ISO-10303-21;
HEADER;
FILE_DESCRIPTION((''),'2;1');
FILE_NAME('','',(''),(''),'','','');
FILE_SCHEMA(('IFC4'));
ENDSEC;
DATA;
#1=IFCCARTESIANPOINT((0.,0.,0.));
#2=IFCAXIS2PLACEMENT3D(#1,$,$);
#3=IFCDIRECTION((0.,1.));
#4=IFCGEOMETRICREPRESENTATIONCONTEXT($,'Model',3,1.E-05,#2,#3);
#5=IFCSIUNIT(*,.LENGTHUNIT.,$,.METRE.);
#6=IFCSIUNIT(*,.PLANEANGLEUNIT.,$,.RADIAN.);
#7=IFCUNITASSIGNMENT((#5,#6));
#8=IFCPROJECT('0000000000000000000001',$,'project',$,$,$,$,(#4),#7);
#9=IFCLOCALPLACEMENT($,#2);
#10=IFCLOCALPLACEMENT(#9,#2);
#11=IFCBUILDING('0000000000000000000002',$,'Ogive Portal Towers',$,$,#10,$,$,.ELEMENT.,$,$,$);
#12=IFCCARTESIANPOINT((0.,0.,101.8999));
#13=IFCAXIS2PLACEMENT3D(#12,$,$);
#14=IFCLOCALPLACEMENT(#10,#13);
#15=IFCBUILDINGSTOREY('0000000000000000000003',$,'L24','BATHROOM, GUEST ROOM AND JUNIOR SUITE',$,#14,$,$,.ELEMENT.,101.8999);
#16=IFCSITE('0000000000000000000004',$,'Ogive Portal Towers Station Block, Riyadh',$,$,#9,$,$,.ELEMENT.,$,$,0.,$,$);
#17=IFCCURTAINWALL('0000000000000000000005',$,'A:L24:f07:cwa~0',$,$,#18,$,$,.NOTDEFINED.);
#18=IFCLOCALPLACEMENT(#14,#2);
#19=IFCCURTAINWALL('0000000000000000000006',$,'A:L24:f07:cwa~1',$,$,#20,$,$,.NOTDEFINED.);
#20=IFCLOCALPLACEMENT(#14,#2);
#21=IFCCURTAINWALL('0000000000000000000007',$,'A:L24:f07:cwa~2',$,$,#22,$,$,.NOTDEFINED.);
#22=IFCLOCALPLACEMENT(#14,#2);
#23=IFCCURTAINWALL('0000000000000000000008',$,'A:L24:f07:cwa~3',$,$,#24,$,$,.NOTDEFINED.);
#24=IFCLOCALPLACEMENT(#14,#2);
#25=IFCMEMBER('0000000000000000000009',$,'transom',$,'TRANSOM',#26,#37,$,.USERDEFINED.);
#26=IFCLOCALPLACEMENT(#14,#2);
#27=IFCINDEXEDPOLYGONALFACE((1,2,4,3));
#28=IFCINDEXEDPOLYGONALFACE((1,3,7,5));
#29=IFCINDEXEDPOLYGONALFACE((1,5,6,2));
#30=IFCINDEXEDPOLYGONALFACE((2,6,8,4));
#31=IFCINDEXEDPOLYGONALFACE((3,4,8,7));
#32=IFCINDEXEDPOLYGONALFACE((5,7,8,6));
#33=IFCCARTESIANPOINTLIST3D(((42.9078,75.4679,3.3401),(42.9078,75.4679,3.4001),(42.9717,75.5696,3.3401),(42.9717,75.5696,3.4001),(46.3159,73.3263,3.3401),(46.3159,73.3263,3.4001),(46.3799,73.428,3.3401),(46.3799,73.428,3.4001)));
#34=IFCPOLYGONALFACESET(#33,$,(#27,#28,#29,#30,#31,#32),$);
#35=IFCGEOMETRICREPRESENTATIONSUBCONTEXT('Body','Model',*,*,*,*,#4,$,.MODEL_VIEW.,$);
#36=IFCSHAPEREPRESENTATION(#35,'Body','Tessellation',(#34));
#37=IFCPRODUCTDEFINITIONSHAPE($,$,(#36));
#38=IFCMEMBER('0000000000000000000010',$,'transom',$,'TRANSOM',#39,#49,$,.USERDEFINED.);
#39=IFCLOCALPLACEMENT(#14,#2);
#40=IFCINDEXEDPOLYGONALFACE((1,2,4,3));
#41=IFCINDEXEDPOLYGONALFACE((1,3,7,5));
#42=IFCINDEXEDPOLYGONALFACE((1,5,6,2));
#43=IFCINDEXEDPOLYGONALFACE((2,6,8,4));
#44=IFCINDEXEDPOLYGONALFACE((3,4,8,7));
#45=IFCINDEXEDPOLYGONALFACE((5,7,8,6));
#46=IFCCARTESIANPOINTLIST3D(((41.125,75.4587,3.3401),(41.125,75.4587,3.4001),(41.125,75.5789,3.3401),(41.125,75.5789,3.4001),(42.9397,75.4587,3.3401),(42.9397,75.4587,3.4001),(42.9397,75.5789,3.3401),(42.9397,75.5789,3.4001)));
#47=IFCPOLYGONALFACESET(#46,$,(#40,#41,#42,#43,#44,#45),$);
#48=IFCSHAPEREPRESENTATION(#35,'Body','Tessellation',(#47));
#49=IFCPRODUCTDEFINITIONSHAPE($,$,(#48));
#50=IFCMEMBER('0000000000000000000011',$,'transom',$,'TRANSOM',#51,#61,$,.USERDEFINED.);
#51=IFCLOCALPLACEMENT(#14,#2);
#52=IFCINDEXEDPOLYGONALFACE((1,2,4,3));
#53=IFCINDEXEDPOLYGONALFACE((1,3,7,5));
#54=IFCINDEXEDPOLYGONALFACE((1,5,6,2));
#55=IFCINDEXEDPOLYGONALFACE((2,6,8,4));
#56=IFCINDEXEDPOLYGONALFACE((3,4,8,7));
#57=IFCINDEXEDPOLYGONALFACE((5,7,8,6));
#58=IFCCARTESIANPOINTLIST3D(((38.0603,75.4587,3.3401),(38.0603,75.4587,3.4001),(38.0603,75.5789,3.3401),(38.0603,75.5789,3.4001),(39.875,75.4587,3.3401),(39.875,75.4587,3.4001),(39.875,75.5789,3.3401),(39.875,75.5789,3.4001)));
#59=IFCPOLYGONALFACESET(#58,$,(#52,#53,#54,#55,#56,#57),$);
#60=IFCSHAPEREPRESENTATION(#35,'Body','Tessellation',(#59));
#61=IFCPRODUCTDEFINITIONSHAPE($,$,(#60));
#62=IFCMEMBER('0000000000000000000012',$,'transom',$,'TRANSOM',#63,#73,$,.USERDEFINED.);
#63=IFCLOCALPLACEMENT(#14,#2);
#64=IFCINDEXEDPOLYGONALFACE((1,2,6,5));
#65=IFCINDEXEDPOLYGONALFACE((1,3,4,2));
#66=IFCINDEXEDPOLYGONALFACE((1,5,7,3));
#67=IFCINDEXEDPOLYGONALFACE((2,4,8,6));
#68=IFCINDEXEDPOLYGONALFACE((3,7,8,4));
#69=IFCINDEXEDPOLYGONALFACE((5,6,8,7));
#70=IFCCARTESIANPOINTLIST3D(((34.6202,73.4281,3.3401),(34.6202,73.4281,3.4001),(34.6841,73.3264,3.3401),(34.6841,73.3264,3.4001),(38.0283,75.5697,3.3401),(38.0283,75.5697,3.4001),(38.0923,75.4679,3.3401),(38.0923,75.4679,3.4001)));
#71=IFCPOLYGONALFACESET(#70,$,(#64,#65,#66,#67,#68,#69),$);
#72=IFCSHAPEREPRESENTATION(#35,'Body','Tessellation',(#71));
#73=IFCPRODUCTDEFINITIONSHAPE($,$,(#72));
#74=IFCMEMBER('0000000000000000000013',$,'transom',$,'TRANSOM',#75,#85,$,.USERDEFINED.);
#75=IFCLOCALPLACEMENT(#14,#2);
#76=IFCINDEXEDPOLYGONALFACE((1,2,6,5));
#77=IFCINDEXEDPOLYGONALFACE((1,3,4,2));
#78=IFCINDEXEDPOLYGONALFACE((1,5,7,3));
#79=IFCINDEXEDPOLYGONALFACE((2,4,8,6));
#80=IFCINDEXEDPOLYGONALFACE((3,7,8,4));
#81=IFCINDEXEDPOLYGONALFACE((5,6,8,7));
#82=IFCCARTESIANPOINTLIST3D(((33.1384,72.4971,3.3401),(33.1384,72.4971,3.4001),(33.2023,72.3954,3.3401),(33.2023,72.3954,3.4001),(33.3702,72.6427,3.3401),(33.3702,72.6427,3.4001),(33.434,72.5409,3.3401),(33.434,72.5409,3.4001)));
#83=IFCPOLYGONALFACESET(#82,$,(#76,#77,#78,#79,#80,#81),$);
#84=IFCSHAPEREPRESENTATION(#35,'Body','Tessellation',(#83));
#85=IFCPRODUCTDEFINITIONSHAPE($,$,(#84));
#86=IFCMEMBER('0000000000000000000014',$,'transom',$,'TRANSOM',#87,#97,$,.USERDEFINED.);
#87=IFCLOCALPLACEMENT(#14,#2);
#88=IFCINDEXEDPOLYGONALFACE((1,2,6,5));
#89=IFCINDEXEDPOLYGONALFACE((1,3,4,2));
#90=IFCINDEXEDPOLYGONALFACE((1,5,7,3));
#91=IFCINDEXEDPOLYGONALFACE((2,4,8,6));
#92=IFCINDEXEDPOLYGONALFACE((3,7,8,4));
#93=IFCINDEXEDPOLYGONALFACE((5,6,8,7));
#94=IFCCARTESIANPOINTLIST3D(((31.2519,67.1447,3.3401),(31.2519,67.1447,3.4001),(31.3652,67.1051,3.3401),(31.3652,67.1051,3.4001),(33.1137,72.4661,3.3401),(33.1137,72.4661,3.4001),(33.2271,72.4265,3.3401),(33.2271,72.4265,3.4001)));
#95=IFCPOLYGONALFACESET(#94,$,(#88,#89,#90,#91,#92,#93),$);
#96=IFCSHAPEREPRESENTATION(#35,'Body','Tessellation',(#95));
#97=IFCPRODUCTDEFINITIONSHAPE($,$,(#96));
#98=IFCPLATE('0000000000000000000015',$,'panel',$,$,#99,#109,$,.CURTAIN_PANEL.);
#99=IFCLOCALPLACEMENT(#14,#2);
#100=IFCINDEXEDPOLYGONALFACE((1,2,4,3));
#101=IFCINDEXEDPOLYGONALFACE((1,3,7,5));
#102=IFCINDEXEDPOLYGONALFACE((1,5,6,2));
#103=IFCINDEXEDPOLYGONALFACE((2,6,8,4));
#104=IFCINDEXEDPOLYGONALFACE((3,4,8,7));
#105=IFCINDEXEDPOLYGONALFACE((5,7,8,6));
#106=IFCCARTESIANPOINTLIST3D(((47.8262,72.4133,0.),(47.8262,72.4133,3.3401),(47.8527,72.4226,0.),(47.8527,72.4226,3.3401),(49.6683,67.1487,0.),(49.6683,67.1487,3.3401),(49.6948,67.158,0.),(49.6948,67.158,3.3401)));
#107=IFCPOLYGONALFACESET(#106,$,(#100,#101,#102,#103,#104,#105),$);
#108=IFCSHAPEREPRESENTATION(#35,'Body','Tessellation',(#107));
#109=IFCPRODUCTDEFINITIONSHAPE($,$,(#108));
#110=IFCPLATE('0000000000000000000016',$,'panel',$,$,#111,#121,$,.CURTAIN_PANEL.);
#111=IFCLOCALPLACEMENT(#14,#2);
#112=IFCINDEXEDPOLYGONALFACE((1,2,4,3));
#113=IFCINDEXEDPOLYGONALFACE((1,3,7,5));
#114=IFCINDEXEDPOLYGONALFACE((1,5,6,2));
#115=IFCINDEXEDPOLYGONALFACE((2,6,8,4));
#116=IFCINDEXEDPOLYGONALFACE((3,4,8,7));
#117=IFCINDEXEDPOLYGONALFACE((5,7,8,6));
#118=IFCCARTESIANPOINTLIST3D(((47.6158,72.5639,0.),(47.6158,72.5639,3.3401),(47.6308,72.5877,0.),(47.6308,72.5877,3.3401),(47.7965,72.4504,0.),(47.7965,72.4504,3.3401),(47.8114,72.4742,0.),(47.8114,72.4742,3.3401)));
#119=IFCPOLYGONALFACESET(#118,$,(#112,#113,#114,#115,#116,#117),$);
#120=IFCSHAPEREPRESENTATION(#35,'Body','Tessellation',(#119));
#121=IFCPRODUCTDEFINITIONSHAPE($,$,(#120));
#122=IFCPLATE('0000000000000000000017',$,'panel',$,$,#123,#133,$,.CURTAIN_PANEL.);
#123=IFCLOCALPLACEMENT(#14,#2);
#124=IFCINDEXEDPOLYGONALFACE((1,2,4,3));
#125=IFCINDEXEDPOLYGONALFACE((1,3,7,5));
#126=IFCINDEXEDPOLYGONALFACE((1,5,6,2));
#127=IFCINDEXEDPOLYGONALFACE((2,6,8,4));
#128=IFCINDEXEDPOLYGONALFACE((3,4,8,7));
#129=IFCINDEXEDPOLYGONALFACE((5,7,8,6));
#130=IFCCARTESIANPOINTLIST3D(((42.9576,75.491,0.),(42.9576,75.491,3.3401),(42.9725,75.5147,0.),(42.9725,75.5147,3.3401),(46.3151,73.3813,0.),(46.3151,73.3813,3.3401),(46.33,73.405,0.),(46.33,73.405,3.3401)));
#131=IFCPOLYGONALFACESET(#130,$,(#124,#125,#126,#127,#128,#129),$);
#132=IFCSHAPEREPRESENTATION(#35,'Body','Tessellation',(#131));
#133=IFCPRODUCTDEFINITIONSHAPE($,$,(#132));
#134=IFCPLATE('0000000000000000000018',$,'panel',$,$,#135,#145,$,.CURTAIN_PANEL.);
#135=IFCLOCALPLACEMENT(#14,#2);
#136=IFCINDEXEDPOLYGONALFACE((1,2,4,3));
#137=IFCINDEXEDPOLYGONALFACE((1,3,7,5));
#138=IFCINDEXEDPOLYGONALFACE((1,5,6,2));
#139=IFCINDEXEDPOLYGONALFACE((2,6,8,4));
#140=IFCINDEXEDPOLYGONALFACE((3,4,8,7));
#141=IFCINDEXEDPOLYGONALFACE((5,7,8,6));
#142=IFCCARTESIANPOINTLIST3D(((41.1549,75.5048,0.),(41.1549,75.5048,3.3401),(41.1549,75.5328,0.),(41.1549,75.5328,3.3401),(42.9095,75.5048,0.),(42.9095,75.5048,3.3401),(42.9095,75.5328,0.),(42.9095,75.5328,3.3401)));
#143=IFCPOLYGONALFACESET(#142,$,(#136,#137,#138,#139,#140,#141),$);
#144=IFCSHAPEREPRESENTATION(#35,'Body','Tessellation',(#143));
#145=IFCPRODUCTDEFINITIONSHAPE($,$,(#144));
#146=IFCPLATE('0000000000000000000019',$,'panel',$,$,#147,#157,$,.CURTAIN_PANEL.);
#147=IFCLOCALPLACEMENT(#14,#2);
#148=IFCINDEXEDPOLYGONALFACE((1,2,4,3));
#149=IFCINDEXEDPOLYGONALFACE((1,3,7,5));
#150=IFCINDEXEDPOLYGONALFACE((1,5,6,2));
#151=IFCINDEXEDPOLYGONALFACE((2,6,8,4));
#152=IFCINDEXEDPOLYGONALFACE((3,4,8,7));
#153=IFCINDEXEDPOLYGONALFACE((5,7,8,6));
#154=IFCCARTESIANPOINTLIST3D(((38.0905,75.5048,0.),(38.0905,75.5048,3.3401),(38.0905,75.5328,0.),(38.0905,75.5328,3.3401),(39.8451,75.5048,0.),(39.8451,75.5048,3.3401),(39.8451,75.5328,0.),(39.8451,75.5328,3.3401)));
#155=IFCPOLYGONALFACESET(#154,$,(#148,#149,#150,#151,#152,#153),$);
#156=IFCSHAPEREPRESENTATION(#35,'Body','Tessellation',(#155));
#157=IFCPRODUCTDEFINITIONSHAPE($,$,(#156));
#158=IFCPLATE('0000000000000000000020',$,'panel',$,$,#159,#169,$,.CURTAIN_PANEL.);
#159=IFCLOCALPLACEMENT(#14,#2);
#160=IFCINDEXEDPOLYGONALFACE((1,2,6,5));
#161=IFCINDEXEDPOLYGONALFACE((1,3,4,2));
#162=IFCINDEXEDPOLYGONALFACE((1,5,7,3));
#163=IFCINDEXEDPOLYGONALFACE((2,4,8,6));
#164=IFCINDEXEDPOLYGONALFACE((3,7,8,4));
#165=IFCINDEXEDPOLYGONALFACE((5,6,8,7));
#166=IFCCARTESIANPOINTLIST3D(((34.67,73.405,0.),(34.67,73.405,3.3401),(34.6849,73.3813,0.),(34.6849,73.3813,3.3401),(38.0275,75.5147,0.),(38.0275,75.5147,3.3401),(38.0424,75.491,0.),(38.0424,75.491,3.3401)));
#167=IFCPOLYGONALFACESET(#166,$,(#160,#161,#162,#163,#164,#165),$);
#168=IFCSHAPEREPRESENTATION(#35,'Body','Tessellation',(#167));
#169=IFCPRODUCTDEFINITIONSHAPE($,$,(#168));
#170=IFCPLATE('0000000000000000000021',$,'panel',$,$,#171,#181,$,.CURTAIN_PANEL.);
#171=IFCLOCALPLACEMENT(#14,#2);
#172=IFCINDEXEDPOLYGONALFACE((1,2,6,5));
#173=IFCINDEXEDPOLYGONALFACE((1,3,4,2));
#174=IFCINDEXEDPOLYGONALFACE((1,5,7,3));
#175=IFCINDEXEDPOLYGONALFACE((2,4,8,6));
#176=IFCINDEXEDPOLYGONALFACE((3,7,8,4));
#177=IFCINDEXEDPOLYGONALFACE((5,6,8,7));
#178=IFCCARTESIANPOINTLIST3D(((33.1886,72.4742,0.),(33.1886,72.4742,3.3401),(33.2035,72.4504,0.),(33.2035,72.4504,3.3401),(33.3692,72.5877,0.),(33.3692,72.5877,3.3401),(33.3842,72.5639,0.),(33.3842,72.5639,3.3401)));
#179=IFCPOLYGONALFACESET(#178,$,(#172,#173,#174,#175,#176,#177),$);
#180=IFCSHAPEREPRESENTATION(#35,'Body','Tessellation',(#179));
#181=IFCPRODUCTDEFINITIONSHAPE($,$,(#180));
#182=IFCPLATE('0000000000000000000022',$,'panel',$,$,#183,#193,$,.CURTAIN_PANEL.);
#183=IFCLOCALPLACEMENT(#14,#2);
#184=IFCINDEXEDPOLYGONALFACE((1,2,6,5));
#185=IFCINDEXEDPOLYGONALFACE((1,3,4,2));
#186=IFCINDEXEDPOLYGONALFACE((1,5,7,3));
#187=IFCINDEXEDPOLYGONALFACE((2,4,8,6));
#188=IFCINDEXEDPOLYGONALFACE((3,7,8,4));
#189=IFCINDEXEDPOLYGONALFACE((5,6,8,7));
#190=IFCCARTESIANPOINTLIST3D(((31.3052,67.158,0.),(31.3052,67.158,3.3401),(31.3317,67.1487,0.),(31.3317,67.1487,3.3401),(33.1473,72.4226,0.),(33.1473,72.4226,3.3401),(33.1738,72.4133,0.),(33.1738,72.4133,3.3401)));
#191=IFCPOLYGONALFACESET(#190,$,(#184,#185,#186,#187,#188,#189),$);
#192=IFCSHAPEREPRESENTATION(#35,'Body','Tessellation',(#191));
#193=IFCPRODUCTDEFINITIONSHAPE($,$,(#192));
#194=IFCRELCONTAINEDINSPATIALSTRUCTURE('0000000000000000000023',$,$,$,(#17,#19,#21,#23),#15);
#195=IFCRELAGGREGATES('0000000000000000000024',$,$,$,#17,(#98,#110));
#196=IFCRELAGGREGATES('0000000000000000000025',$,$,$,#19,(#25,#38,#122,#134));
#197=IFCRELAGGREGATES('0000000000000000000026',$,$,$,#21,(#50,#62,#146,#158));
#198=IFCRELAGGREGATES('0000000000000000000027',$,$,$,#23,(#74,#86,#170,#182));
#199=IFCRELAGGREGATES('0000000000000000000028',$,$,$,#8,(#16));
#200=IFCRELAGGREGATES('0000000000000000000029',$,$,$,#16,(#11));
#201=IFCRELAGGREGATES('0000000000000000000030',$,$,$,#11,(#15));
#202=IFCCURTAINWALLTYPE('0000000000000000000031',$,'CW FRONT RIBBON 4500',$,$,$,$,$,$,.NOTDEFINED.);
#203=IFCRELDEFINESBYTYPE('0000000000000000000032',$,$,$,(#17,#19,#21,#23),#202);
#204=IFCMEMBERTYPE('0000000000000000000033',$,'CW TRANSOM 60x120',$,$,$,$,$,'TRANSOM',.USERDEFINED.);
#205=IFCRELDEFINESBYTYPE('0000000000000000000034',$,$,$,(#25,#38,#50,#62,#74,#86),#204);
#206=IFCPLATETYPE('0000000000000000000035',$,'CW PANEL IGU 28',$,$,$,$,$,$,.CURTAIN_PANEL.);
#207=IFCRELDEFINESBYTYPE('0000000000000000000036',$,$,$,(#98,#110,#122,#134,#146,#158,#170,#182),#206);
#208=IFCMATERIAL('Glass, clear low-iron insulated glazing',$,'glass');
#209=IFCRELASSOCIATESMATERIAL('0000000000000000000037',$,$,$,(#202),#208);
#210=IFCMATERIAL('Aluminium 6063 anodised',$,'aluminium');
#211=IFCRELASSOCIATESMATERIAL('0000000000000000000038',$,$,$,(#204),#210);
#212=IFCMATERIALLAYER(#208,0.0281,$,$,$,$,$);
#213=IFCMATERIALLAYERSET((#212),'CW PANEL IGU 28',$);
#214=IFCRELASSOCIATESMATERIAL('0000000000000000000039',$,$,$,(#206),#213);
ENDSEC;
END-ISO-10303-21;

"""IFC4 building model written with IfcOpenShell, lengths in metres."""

from ifc_helpers import new_model, si_unit, direction, frame, origin, origin_2d, place, context, subcontext, project, spatial, rectangle, extrude, material, layer, layer_set, material_profile, profile_set, type_object, element, aggregate, save


model = new_model("IFC4")

# Units and contexts
model_context = context("Model", 3, precision=1e-05, world=origin(), true_north=direction((0.0, 1.0)))
body_context = subcontext(model_context, "Body", "Model", "MODEL_VIEW")
ifc_project = project(units=[si_unit("LENGTHUNIT", "METRE"), si_unit("PLANEANGLEUNIT", "RADIAN")], contexts=[model_context])

# Site, building, storey
site_placement = place(None, origin())
site = spatial("IfcSite", under=ifc_project, at=site_placement, Name="Ogive Portal Towers Station Block, Riyadh", CompositionType="ELEMENT", RefElevation=0.0)
building_placement = place(site_placement, origin())
building = spatial("IfcBuilding", under=site, at=building_placement, Name="Ogive Portal Towers", CompositionType="ELEMENT")
storey_placement = place(building_placement, frame((0.0, 0.0, 101.8999)))
storey = spatial("IfcBuildingStorey", under=building, at=storey_placement, Name="L24", Description="BATHROOM, GUEST ROOM AND JUNIOR SUITE", CompositionType="ELEMENT", Elevation=101.8999)

# Curtain walls
ifc_material_1 = material(Name="Glass, clear low-iron insulated glazing", Category="glass")
curtain_wall_type = type_object("IfcCurtainWallType", Name="CW FRONT RIBBON 4500", PredefinedType="NOTDEFINED", material=ifc_material_1)
curtain_wall_1_placement = place(storey_placement, origin())
curtain_wall_1 = element("IfcCurtainWall", 1, at=curtain_wall_1_placement, inside=storey, type_object=curtain_wall_type, Name="A:L24:f07:cwa~0", PredefinedType="NOTDEFINED")
ifc_material_2 = material(Name="Aluminium 6063 anodised", Category="aluminium")
curtain_wall_2_placement = place(storey_placement, origin())
curtain_wall_2 = element("IfcCurtainWall", 2, at=curtain_wall_2_placement, inside=storey, type_object=curtain_wall_type, Name="A:L24:f07:cwa~1", PredefinedType="NOTDEFINED")
curtain_wall_3_placement = place(storey_placement, origin())
curtain_wall_3 = element("IfcCurtainWall", 3, at=curtain_wall_3_placement, inside=storey, type_object=curtain_wall_type, Name="A:L24:f07:cwa~2", PredefinedType="NOTDEFINED")
curtain_wall_4_placement = place(storey_placement, origin())
curtain_wall_4 = element("IfcCurtainWall", 4, at=curtain_wall_4_placement, inside=storey, type_object=curtain_wall_type, Name="A:L24:f07:cwa~3", PredefinedType="NOTDEFINED")

# Members
ifc_material_profile_1 = material_profile(ifc_material_2, rectangle(XDim=0.1201, YDim=0.0601, at=origin_2d()), Name="AL 120x60")
ifc_profile_set_1 = profile_set([ifc_material_profile_1], Name="Aluminium 6063 anodised")
member_type_1 = type_object("IfcMemberType", Name="CW TRANSOM 60x120", ElementType="TRANSOM", PredefinedType="USERDEFINED", material=ifc_profile_set_1)
member_1_placement = place(storey_placement, frame((46.3479, 73.3772, 3.3701), z_axis=(-0.846715, 0.532047, 0.0), x_axis=(-0.532047, -0.846715, 0.0)))
member_1 = element("IfcMember", 5, at=member_1_placement, type_object=member_type_1, Name="transom", ObjectType="TRANSOM", PredefinedType="USERDEFINED", context=body_context, shape_type="SweptSolid", body=[
    extrude(rectangle(XDim=0.1201, YDim=0.0601, at=origin_2d()), origin(), (0.0, 0.0, 1.0), 4.0251),
])
member_2_placement = place(storey_placement, frame((42.9397, 75.5188, 3.3701), z_axis=(-1.0, 0.0, 0.0), x_axis=(0.0, -1.0, 0.0)))
member_2 = element("IfcMember", 6, at=member_2_placement, type_object=member_type_1, Name="transom", ObjectType="TRANSOM", PredefinedType="USERDEFINED", context=body_context, shape_type="SweptSolid", body=[
    extrude(rectangle(XDim=0.1201, YDim=0.0601, at=origin_2d()), origin(), (0.0, 0.0, 1.0), 1.8147),
])
member_3_placement = place(storey_placement, frame((39.875, 75.5188, 3.3701), z_axis=(-1.0, 0.0, 0.0), x_axis=(0.0, -1.0, 0.0)))
member_3 = element("IfcMember", 7, at=member_3_placement, type_object=member_type_1, Name="transom", ObjectType="TRANSOM", PredefinedType="USERDEFINED", context=body_context, shape_type="SweptSolid", body=[
    extrude(rectangle(XDim=0.1201, YDim=0.0601, at=origin_2d()), origin(), (0.0, 0.0, 1.0), 1.8147),
])
member_4_placement = place(storey_placement, frame((38.0603, 75.5188, 3.3701), z_axis=(-0.846715, -0.532047, 0.0), x_axis=(0.532047, -0.846715, 0.0)))
member_4 = element("IfcMember", 8, at=member_4_placement, type_object=member_type_1, Name="transom", ObjectType="TRANSOM", PredefinedType="USERDEFINED", context=body_context, shape_type="SweptSolid", body=[
    extrude(rectangle(XDim=0.1201, YDim=0.0601, at=origin_2d()), origin(), (0.0, 0.0, 1.0), 4.0251),
])
member_5_placement = place(storey_placement, frame((33.4021, 72.5918, 3.3701), z_axis=(-0.846843, -0.531843, 0.0), x_axis=(0.531843, -0.846843, 0.0)))
member_5 = element("IfcMember", 9, at=member_5_placement, type_object=member_type_1, Name="transom", ObjectType="TRANSOM", PredefinedType="USERDEFINED", context=body_context, shape_type="SweptSolid", body=[
    extrude(rectangle(XDim=0.1201, YDim=0.0601, at=origin_2d()), origin(), (0.0, 0.0, 1.0), 0.2737),
])
member_6_placement = place(storey_placement, frame((33.1704, 72.4463, 3.3701), z_axis=(-0.33025, -0.943893, 0.0), x_axis=(0.943893, -0.33025, 0.0)))
member_6 = element("IfcMember", 10, at=member_6_placement, type_object=member_type_1, Name="transom", ObjectType="TRANSOM", PredefinedType="USERDEFINED", context=body_context, shape_type="SweptSolid", body=[
    extrude(rectangle(XDim=0.1201, YDim=0.0601, at=origin_2d()), origin(), (0.0, 0.0, 1.0), 5.6377),
])

# Plates
ifc_layer_1 = layer(ifc_material_1, 0.0281)
ifc_layer_set_1 = layer_set([ifc_layer_1], Name="CW PANEL IGU 28")
plate_type = type_object("IfcPlateType", Name="CW PANEL IGU 28", PredefinedType="CURTAIN_PANEL", material=ifc_layer_set_1)
plate_1_placement = place(storey_placement, frame((48.7605, 69.7856, 0.0), z_axis=(0.0, 0.0, 1.0), x_axis=(-0.330279, 0.943883, 0.0)))
plate_1 = element("IfcPlate", 11, at=plate_1_placement, type_object=plate_type, Name="panel", PredefinedType="CURTAIN_PANEL", context=body_context, shape_type="SweptSolid", body=[
    extrude(rectangle(XDim=5.5776, YDim=0.0281, at=origin_2d()), origin(), (0.0, 0.0, 1.0), 3.3401),
])
plate_2_placement = place(storey_placement, frame((47.7136, 72.519, 0.0), z_axis=(0.0, 0.0, 1.0), x_axis=(-0.846724, 0.532032, 0.0)))
plate_2 = element("IfcPlate", 12, at=plate_2_placement, type_object=plate_type, Name="panel", PredefinedType="CURTAIN_PANEL", context=body_context, shape_type="SweptSolid", body=[
    extrude(rectangle(XDim=0.2134, YDim=0.0281, at=origin_2d()), origin(), (0.0, 0.0, 1.0), 3.3401),
])
aggregate(curtain_wall_1, [plate_1, plate_2])
plate_3_placement = place(storey_placement, frame((44.6438, 74.448, 0.0), z_axis=(0.0, 0.0, 1.0), x_axis=(-0.846724, 0.532032, 0.0)))
plate_3 = element("IfcPlate", 13, at=plate_3_placement, type_object=plate_type, Name="panel", PredefinedType="CURTAIN_PANEL", context=body_context, shape_type="SweptSolid", body=[
    extrude(rectangle(XDim=3.9653, YDim=0.0281, at=origin_2d()), origin(), (0.0, 0.0, 1.0), 3.3401),
])
plate_4_placement = place(storey_placement, frame((42.0322, 75.5188, 0.0), z_axis=(0.0, 0.0, 1.0), x_axis=(-1.0, 0.0, 0.0)))
plate_4 = element("IfcPlate", 14, at=plate_4_placement, type_object=plate_type, Name="panel", PredefinedType="CURTAIN_PANEL", context=body_context, shape_type="SweptSolid", body=[
    extrude(rectangle(XDim=1.7546, YDim=0.0281, at=origin_2d()), origin(), (0.0, 0.0, 1.0), 3.3401),
])
aggregate(curtain_wall_2, [member_1, member_2, plate_3, plate_4])
plate_5_placement = place(storey_placement, frame((38.9678, 75.5188, 0.0), z_axis=(0.0, 0.0, 1.0), x_axis=(-1.0, 0.0, 0.0)))
plate_5 = element("IfcPlate", 15, at=plate_5_placement, type_object=plate_type, Name="panel", PredefinedType="CURTAIN_PANEL", context=body_context, shape_type="SweptSolid", body=[
    extrude(rectangle(XDim=1.7546, YDim=0.0281, at=origin_2d()), origin(), (0.0, 0.0, 1.0), 3.3401),
])
plate_6_placement = place(storey_placement, frame((36.3562, 74.448, 0.0), z_axis=(0.0, 0.0, 1.0), x_axis=(-0.846724, -0.532032, 0.0)))
plate_6 = element("IfcPlate", 16, at=plate_6_placement, type_object=plate_type, Name="panel", PredefinedType="CURTAIN_PANEL", context=body_context, shape_type="SweptSolid", body=[
    extrude(rectangle(XDim=3.9653, YDim=0.0281, at=origin_2d()), origin(), (0.0, 0.0, 1.0), 3.3401),
])
aggregate(curtain_wall_3, [member_3, member_4, plate_5, plate_6])
plate_7_placement = place(storey_placement, frame((33.2864, 72.519, 0.0), z_axis=(0.0, 0.0, 1.0), x_axis=(-0.846724, -0.532032, 0.0)))
plate_7 = element("IfcPlate", 17, at=plate_7_placement, type_object=plate_type, Name="panel", PredefinedType="CURTAIN_PANEL", context=body_context, shape_type="SweptSolid", body=[
    extrude(rectangle(XDim=0.2134, YDim=0.0281, at=origin_2d()), origin(), (0.0, 0.0, 1.0), 3.3401),
])
plate_8_placement = place(storey_placement, frame((32.2395, 69.7856, 0.0), z_axis=(0.0, 0.0, 1.0), x_axis=(-0.330279, -0.943883, 0.0)))
plate_8 = element("IfcPlate", 18, at=plate_8_placement, type_object=plate_type, Name="panel", PredefinedType="CURTAIN_PANEL", context=body_context, shape_type="SweptSolid", body=[
    extrude(rectangle(XDim=5.5776, YDim=0.0281, at=origin_2d()), origin(), (0.0, 0.0, 1.0), 3.3401),
])
aggregate(curtain_wall_4, [member_5, member_6, plate_7, plate_8])

save(model, "model.ifc")
